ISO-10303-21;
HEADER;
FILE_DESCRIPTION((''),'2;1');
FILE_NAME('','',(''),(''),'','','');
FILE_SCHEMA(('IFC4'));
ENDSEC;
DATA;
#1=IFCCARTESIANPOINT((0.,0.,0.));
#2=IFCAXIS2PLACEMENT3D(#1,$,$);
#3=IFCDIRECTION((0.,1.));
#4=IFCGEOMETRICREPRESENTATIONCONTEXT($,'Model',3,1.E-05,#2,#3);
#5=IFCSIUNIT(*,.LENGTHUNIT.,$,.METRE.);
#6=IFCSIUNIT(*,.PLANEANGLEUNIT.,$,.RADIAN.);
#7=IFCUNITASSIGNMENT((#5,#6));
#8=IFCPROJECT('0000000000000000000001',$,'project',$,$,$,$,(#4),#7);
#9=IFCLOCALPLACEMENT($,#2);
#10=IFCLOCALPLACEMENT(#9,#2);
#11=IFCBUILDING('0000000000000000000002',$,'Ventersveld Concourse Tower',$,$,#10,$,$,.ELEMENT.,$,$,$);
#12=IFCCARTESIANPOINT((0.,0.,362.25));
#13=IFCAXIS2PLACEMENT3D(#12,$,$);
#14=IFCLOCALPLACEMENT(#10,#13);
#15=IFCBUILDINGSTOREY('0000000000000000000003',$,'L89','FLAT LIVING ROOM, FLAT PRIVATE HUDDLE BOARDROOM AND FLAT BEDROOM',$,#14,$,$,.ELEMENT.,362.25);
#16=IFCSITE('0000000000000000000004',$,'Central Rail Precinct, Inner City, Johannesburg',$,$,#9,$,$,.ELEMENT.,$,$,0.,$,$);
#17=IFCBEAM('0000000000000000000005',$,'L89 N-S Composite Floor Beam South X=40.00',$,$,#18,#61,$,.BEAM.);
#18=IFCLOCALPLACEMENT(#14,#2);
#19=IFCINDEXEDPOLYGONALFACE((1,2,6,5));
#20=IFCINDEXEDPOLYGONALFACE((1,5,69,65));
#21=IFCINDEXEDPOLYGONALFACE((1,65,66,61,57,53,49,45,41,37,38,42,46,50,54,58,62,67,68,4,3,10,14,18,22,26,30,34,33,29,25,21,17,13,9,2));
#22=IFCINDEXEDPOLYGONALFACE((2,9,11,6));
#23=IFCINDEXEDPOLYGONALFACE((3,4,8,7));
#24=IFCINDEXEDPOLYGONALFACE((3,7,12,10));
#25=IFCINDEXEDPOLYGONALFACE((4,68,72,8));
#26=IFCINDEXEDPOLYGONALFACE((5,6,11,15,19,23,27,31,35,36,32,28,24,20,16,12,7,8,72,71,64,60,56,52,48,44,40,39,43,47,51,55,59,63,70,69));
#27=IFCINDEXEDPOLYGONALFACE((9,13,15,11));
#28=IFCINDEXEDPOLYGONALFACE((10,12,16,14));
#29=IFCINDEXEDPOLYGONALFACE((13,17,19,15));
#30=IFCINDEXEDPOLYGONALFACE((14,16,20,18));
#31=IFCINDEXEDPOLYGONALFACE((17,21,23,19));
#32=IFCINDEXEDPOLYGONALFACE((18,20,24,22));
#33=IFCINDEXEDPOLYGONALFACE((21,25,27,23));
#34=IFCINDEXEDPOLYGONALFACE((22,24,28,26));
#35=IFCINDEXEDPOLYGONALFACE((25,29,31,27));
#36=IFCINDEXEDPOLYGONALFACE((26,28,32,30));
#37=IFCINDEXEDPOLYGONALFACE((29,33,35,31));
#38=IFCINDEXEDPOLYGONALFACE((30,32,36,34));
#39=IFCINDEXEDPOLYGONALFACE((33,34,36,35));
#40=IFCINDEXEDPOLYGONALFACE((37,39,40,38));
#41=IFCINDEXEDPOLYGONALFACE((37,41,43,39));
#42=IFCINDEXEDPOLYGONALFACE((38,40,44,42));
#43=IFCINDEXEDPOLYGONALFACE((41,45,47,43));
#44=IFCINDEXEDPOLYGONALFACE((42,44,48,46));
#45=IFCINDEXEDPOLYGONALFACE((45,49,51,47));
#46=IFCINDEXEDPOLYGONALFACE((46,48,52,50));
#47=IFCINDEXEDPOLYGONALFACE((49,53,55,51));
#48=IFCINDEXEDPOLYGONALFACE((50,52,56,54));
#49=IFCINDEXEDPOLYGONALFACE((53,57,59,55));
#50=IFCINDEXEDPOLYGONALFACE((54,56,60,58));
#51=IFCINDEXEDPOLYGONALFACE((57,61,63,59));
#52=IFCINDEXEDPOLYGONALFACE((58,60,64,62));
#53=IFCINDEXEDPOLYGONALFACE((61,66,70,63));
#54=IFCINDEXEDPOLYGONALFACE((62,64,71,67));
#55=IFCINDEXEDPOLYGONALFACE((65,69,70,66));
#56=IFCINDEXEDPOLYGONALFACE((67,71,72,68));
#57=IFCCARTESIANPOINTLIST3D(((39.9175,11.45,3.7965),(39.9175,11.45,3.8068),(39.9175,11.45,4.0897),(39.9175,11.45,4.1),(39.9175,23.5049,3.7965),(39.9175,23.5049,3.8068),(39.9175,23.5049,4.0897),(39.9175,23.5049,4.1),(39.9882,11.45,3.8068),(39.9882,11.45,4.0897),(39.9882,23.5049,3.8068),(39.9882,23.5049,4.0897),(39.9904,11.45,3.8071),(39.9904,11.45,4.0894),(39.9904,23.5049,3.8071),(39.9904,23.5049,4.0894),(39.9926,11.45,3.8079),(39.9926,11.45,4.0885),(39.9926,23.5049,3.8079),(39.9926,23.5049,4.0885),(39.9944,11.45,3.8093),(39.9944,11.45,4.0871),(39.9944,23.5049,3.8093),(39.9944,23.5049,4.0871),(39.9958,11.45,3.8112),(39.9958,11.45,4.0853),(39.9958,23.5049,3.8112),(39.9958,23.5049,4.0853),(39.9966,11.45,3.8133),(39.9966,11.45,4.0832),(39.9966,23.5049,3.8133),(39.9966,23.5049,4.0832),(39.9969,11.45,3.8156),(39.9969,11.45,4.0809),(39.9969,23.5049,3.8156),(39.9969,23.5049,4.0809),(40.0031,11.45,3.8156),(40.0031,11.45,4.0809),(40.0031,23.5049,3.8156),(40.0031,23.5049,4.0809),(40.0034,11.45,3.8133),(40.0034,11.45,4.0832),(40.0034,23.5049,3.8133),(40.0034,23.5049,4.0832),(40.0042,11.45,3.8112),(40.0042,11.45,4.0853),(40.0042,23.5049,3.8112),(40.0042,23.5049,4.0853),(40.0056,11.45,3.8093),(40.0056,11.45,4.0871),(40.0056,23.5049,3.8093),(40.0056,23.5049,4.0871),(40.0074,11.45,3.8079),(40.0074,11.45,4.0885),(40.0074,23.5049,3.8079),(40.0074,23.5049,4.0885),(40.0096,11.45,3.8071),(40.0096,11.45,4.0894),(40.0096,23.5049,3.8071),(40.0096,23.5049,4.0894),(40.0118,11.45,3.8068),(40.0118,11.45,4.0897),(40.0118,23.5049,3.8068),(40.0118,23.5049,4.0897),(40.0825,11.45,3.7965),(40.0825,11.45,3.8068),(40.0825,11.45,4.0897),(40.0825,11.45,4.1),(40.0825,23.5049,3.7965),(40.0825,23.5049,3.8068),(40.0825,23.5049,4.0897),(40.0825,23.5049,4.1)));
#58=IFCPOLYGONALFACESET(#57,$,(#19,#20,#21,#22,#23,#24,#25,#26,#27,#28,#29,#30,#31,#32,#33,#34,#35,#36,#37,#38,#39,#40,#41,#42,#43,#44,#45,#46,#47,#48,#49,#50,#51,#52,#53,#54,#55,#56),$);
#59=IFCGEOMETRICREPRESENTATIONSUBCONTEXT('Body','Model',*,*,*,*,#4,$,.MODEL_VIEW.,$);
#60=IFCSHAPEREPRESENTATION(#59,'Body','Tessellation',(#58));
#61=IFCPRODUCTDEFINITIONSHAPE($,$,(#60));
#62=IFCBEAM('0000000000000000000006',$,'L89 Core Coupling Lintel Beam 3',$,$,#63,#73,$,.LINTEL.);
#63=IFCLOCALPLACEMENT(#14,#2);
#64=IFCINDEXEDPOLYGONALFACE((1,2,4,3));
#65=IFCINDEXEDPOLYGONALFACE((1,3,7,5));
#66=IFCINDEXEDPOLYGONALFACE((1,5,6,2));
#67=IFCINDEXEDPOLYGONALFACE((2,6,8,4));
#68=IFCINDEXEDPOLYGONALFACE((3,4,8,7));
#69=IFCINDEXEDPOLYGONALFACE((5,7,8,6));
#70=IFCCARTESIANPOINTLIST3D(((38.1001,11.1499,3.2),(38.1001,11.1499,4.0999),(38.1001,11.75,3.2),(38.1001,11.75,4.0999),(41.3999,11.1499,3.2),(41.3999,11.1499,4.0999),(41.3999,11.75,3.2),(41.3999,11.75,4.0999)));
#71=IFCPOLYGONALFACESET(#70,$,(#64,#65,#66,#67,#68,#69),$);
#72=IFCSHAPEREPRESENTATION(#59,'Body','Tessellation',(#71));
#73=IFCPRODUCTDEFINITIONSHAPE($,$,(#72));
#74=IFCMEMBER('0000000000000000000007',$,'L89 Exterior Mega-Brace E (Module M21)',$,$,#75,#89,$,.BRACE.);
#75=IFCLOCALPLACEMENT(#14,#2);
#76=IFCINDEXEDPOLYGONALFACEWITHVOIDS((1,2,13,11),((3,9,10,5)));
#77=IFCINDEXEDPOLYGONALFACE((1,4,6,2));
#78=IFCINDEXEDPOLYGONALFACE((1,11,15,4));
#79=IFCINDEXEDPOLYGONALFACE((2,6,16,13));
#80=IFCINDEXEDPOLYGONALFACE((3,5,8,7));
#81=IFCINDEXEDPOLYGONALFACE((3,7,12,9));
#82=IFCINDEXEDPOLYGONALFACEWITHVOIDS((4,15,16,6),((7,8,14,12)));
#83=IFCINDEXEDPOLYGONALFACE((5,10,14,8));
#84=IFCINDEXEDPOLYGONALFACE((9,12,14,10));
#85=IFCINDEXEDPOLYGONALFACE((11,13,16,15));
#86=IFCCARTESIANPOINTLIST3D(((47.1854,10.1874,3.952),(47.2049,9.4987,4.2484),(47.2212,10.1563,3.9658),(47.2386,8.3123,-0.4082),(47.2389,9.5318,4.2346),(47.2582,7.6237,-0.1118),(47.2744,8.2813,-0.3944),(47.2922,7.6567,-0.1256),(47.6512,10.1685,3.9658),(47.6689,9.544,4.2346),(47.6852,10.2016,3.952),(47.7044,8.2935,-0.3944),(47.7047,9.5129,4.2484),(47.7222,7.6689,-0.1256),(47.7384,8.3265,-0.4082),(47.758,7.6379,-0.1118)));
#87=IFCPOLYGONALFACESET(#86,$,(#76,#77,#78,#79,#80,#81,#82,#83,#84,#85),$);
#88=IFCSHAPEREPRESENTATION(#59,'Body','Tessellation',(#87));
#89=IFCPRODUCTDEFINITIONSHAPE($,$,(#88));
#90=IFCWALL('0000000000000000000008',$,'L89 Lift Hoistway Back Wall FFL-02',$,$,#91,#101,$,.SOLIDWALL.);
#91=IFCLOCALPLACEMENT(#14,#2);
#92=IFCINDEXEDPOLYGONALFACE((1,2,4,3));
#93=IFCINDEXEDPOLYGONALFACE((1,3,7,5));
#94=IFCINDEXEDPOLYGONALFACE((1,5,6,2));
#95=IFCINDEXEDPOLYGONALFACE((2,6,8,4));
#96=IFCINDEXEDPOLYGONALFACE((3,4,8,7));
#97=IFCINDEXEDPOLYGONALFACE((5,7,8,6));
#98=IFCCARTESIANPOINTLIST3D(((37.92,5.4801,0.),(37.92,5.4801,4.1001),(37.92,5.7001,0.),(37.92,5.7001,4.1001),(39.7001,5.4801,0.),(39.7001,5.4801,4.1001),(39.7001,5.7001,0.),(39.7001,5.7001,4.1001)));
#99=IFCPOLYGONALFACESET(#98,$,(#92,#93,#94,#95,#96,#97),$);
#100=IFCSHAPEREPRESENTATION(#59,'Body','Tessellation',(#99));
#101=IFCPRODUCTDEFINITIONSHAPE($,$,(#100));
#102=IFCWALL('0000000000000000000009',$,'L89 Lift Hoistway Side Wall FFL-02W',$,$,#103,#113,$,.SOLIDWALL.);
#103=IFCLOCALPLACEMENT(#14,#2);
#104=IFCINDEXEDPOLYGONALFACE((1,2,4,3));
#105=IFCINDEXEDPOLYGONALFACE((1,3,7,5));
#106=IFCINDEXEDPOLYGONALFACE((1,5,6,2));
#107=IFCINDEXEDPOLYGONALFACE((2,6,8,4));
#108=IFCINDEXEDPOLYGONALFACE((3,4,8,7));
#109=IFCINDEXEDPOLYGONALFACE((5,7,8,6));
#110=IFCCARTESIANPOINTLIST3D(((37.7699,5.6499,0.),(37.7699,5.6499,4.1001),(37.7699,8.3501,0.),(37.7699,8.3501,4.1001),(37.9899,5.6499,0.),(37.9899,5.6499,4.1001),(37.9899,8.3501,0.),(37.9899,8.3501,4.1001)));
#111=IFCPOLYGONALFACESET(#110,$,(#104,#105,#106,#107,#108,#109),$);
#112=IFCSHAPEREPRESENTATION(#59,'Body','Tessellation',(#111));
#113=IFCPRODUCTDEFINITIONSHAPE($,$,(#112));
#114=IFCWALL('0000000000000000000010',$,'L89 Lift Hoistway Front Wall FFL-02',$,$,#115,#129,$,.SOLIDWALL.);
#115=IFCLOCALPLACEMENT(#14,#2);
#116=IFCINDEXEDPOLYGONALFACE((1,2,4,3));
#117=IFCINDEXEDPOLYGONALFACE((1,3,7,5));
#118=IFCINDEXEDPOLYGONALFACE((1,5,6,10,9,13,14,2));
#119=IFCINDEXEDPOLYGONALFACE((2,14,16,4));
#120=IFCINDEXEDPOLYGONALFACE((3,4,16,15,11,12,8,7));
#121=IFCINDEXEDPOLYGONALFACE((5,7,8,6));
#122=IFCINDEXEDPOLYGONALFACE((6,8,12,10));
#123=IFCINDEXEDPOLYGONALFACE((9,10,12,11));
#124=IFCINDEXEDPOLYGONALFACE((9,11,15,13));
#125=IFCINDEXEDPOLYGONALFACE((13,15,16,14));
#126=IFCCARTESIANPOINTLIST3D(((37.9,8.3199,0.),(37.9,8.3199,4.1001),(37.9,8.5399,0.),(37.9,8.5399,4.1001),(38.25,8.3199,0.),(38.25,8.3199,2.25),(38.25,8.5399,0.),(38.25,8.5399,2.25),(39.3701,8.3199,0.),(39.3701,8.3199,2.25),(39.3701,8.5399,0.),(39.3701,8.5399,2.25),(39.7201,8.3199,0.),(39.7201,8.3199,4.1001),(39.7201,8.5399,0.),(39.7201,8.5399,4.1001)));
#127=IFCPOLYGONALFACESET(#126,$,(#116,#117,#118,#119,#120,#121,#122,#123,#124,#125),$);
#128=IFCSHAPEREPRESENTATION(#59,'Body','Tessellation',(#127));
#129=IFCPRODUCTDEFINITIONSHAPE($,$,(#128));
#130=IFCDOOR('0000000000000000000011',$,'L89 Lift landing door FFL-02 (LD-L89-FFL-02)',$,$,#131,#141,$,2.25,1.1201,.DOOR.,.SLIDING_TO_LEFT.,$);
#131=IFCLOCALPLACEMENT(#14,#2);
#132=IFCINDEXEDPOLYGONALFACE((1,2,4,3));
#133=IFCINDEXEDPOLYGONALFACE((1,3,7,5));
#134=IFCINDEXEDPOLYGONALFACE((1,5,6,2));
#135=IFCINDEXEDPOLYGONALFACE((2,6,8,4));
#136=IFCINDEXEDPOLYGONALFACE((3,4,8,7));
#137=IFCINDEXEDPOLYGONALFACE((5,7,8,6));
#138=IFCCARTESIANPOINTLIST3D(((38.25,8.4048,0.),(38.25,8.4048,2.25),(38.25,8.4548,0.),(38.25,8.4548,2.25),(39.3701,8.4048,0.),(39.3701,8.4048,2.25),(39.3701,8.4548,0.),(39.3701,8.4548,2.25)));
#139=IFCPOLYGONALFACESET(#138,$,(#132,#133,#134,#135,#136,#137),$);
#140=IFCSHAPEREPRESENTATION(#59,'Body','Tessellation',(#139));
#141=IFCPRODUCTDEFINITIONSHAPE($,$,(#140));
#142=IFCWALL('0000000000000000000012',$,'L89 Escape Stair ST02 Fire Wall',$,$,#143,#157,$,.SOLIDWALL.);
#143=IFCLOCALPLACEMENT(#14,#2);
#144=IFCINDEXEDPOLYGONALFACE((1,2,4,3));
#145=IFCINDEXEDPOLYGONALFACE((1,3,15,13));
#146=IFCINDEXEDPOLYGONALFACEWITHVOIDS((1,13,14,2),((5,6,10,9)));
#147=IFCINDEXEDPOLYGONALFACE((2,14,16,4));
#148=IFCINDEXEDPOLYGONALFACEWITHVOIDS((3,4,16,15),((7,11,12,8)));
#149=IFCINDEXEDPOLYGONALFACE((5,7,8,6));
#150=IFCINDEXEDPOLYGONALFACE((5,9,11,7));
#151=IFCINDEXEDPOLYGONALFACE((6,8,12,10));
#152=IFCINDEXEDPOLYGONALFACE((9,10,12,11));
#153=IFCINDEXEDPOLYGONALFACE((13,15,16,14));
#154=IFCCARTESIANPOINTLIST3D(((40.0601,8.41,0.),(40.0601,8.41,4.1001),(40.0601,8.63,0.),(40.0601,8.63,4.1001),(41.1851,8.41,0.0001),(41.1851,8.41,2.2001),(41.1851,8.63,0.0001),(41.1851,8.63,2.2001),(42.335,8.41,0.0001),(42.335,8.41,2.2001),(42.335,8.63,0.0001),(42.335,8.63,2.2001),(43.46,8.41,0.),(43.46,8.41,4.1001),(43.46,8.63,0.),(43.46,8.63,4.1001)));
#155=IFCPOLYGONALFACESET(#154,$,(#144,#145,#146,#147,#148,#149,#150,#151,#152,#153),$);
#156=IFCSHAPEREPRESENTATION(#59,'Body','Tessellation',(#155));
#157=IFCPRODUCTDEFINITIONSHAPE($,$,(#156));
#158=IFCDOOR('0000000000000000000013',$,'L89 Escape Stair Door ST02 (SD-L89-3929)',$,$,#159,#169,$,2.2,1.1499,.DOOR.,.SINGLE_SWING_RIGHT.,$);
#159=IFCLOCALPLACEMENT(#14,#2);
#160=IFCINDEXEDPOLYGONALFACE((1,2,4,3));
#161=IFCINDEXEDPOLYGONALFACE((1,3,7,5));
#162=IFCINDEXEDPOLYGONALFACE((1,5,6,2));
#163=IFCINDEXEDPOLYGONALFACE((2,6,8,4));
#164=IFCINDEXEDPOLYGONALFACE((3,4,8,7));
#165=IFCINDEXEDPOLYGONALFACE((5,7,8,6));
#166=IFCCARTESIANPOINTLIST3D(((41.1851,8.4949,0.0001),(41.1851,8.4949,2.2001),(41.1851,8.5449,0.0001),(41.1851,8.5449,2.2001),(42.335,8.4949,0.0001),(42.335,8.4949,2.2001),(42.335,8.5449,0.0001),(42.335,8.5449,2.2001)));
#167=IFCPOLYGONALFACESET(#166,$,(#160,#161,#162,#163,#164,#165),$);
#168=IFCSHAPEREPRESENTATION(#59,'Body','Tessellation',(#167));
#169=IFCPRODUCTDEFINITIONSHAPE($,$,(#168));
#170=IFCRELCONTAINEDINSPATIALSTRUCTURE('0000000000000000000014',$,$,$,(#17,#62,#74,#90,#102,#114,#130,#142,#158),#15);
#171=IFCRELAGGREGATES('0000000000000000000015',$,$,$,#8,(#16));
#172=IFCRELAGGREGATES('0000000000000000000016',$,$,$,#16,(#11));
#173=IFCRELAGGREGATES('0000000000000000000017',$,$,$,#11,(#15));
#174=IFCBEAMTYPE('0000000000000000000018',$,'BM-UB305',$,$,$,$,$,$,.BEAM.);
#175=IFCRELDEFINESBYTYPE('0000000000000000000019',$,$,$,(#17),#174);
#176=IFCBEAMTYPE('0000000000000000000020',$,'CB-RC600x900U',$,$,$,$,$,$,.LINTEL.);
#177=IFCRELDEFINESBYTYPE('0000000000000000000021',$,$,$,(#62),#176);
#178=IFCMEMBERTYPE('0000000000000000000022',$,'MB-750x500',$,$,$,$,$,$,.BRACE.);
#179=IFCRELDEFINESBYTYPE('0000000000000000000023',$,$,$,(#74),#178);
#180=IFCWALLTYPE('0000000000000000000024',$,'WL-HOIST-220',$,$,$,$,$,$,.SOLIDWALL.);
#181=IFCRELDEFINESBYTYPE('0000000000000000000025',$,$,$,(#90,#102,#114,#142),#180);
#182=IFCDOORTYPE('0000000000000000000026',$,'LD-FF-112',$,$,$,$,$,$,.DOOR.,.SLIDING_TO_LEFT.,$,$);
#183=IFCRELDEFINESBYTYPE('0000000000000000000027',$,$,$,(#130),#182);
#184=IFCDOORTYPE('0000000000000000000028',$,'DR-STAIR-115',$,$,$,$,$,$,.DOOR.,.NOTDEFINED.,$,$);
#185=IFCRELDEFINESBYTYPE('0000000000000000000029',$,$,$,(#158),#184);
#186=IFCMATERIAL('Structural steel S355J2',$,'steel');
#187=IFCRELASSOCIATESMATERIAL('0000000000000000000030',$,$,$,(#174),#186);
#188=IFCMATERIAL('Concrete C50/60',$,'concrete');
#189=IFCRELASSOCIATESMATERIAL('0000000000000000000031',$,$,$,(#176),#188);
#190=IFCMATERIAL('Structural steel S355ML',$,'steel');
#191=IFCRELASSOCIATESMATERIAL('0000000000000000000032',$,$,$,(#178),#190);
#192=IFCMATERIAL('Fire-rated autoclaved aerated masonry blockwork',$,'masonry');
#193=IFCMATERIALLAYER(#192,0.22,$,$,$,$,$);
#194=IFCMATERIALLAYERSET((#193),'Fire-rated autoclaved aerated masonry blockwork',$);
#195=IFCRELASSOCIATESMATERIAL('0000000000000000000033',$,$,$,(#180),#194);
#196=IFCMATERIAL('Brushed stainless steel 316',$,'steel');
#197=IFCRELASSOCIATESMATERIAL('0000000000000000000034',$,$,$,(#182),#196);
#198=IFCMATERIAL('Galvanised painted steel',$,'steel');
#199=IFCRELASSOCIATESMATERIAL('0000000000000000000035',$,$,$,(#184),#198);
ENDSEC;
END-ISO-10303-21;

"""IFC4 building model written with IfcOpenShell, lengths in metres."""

from ifc_helpers import new_model, si_unit, direction, frame, frame_2d, origin, origin_2d, place, context, subcontext, project, spatial, rectangle, hollow_rectangle, i_section, extrude, material, layer, layer_set, material_profile, profile_set, type_object, element, fill, save


model = new_model("IFC4")

# Units and contexts
model_context = context("Model", 3, precision=1e-05, world=origin(), true_north=direction((0.0, 1.0)))
body_context = subcontext(model_context, "Body", "Model", "MODEL_VIEW")
ifc_project = project(units=[si_unit("LENGTHUNIT", "METRE"), si_unit("PLANEANGLEUNIT", "RADIAN")], contexts=[model_context])

# Site, building, storey
site_placement = place(None, origin())
site = spatial("IfcSite", under=ifc_project, at=site_placement, Name="Central Rail Precinct, Inner City, Johannesburg", CompositionType="ELEMENT", RefElevation=0.0)
building_placement = place(site_placement, origin())
building = spatial("IfcBuilding", under=site, at=building_placement, Name="Ventersveld Concourse Tower", CompositionType="ELEMENT")
storey_placement = place(building_placement, frame((0.0, 0.0, 362.25)))
storey = spatial("IfcBuildingStorey", under=building, at=storey_placement, Name="L89", Description="FLAT LIVING ROOM, FLAT PRIVATE HUDDLE BOARDROOM AND FLAT BEDROOM", CompositionType="ELEMENT", Elevation=362.25)

# Beams
ifc_material_1 = material(Name="Structural steel S355J2", Category="steel")
ifc_material_profile_1 = material_profile(ifc_material_1, i_section(OverallWidth=0.165, OverallDepth=0.3035, WebThickness=0.0061, FlangeThickness=0.0103, FilletRadius=0.0088, at=origin_2d()), Name="UB 305x165x40")
ifc_profile_set_1 = profile_set([ifc_material_profile_1], Name="Structural steel S355J2")
beam_type_1 = type_object("IfcBeamType", Name="BM-UB305", PredefinedType="BEAM", material=ifc_profile_set_1)
beam_1_placement = place(storey_placement, frame((40.0, 11.45, 3.9482), z_axis=(0.0, 1.0, 0.0), x_axis=(-1.0, 0.0, 0.0)))
element("IfcBeam", 1, at=beam_1_placement, inside=storey, type_object=beam_type_1, Name="L89 N-S Composite Floor Beam South X=40.00", PredefinedType="BEAM", context=body_context, shape_type="SweptSolid", body=[
    extrude(i_section(OverallWidth=0.165, OverallDepth=0.3035, WebThickness=0.0061, FlangeThickness=0.0103, FilletRadius=0.0088, at=origin_2d()), origin(), (0.0, 0.0, 1.0), 12.0549),
])
ifc_material_2 = material(Name="Concrete C50/60", Category="concrete")
ifc_material_profile_2 = material_profile(ifc_material_2, rectangle(XDim=0.6001, YDim=0.8999, at=origin_2d()), Name="RC 600x900")
ifc_profile_set_2 = profile_set([ifc_material_profile_2], Name="Concrete C50/60")
beam_type_2 = type_object("IfcBeamType", Name="CB-RC600x900U", PredefinedType="LINTEL", material=ifc_profile_set_2)
beam_2_placement = place(storey_placement, frame((38.1001, 11.45, 3.6499), z_axis=(1.0, 0.0, 0.0), x_axis=(0.0, 1.0, 0.0)))
element("IfcBeam", 2, at=beam_2_placement, inside=storey, type_object=beam_type_2, Name="L89 Core Coupling Lintel Beam 3", PredefinedType="LINTEL", context=body_context, shape_type="SweptSolid", body=[
    extrude(rectangle(XDim=0.6001, YDim=0.8999, at=origin_2d()), origin(), (0.0, 0.0, 1.0), 3.2998),
])

# Member
ifc_material_3 = material(Name="Structural steel S355ML", Category="steel")
ifc_material_profile_3 = material_profile(ifc_material_3, hollow_rectangle(XDim=0.5, YDim=0.75, WallThickness=0.0349, at=origin_2d()), Name="BOX 750x500x35")
ifc_profile_set_3 = profile_set([ifc_material_profile_3], Name="Structural steel S355ML")
member_type = type_object("IfcMemberType", Name="MB-750x500", PredefinedType="BRACE", material=ifc_profile_set_3)
member_placement = place(storey_placement, frame((47.4983, 7.9751, -0.26), z_axis=(-0.011213, 0.39503, 0.9186), x_axis=(-0.999597, -0.028374, 0.0)))
element("IfcMember", 3, at=member_placement, inside=storey, type_object=member_type, Name="L89 Exterior Mega-Brace E (Module M21)", PredefinedType="BRACE", context=body_context, shape_type="SweptSolid", body=[
    extrude(hollow_rectangle(XDim=0.5, YDim=0.75, WallThickness=0.0349, at=origin_2d()), origin(), (0.0, 0.0, 1.0), 4.7466),
])

# Walls
ifc_material_4 = material(Name="Fire-rated autoclaved aerated masonry blockwork", Category="masonry")
ifc_layer = layer(ifc_material_4, 0.22)
ifc_layer_set = layer_set([ifc_layer], Name="Fire-rated autoclaved aerated masonry blockwork")
wall_type = type_object("IfcWallType", Name="WL-HOIST-220", PredefinedType="SOLIDWALL", material=ifc_layer_set)
wall_1_placement = place(storey_placement, frame((37.9199, 5.5901, 0.0), z_axis=(0.0, 0.0, 1.0), x_axis=(1.0, 0.0, 0.0)))
element("IfcWall", 4, at=wall_1_placement, inside=storey, type_object=wall_type, Name="L89 Lift Hoistway Back Wall FFL-02", PredefinedType="SOLIDWALL", context=body_context, shape_type="SweptSolid", body=[
    extrude(rectangle(XDim=1.78, YDim=0.22, at=frame_2d((0.8901, 0.0))), origin(), (0.0, 0.0, 1.0), 4.1001),
])
wall_2_placement = place(storey_placement, frame((37.8799, 5.6499, 0.0), z_axis=(0.0, 0.0, 1.0), x_axis=(0.0, 1.0, 0.0)))
element("IfcWall", 5, at=wall_2_placement, inside=storey, type_object=wall_type, Name="L89 Lift Hoistway Side Wall FFL-02W", PredefinedType="SOLIDWALL", context=body_context, shape_type="SweptSolid", body=[
    extrude(rectangle(XDim=2.7002, YDim=0.22, at=frame_2d((1.3501, 0.0))), origin(), (0.0, 0.0, 1.0), 4.1001),
])

# Walls, openings, doors
wall_3_placement = place(storey_placement, frame((37.8999, 8.4299, 0.0), z_axis=(0.0, 0.0, 1.0), x_axis=(1.0, 0.0, 0.0)))
wall_3 = element("IfcWall", 6, at=wall_3_placement, inside=storey, type_object=wall_type, Name="L89 Lift Hoistway Front Wall FFL-02", PredefinedType="SOLIDWALL", context=body_context, shape_type="SweptSolid", body=[
    extrude(rectangle(XDim=1.8201, YDim=0.22, at=frame_2d((0.9102, 0.0))), origin(), (0.0, 0.0, 1.0), 4.1001),
])
opening_1_placement = place(wall_3_placement, frame((0.3501, 0.0, 0.0)))
opening_1 = element("IfcOpeningElement", 7, at=opening_1_placement, cuts=wall_3, PredefinedType="OPENING", context=body_context, shape_type="SweptSolid", body=[
    extrude(rectangle(XDim=1.1201, YDim=2.25, at=frame_2d((0.5601, 1.125))), frame((0.0, 0.1201, 0.0), z_axis=(0.0, -1.0, 0.0), x_axis=(1.0, 0.0, 0.0)), (0.0, 0.0, 1.0), 0.24),
])
ifc_material_5 = material(Name="Brushed stainless steel 316", Category="steel")
door_type_1 = type_object("IfcDoorType", Name="LD-FF-112", OperationType="SLIDING_TO_LEFT", PredefinedType="DOOR", material=ifc_material_5)
door_1_placement = place(opening_1_placement, origin())
door_1 = element("IfcDoor", 8, at=door_1_placement, inside=storey, type_object=door_type_1, Name="L89 Lift landing door FFL-02 (LD-L89-FFL-02)", OperationType="SLIDING_TO_LEFT", OverallHeight=2.25, OverallWidth=1.1201, PredefinedType="DOOR", context=body_context, shape_type="SweptSolid", body=[
    extrude(rectangle(XDim=1.1201, YDim=2.25, at=frame_2d((0.5601, 1.125))), frame((0.0, 0.0249, 0.0), z_axis=(0.0, -1.0, 0.0), x_axis=(1.0, 0.0, 0.0)), (0.0, 0.0, 1.0), 0.05),
])
fill(opening_1, door_1)
wall_4_placement = place(storey_placement, frame((40.0601, 8.52, 0.0), z_axis=(0.0, 0.0, 1.0), x_axis=(1.0, 0.0, 0.0)))
wall_4 = element("IfcWall", 9, at=wall_4_placement, inside=storey, type_object=wall_type, Name="L89 Escape Stair ST02 Fire Wall", PredefinedType="SOLIDWALL", context=body_context, shape_type="SweptSolid", body=[
    extrude(rectangle(XDim=3.3999, YDim=0.22, at=frame_2d((1.7, 0.0))), origin(), (0.0, 0.0, 1.0), 4.1001),
])
opening_2_placement = place(wall_4_placement, frame((1.125, 0.0, 0.0)))
opening_2 = element("IfcOpeningElement", 10, at=opening_2_placement, cuts=wall_4, PredefinedType="OPENING", context=body_context, shape_type="SweptSolid", body=[
    extrude(rectangle(XDim=1.1499, YDim=2.2, at=frame_2d((0.575, 1.1001))), frame((0.0, 0.1201, 0.0), z_axis=(0.0, -1.0, 0.0), x_axis=(1.0, 0.0, 0.0)), (0.0, 0.0, 1.0), 0.24),
])
ifc_material_6 = material(Name="Galvanised painted steel", Category="steel")
door_type_2 = type_object("IfcDoorType", Name="DR-STAIR-115", OperationType="NOTDEFINED", PredefinedType="DOOR", material=ifc_material_6)
door_2_placement = place(opening_2_placement, origin())
door_2 = element("IfcDoor", 11, at=door_2_placement, inside=storey, type_object=door_type_2, Name="L89 Escape Stair Door ST02 (SD-L89-3929)", OperationType="SINGLE_SWING_RIGHT", OverallHeight=2.2, OverallWidth=1.1499, PredefinedType="DOOR", context=body_context, shape_type="SweptSolid", body=[
    extrude(rectangle(XDim=1.1499, YDim=2.2, at=frame_2d((0.575, 1.1001))), frame((0.0, 0.0249, 0.0), z_axis=(0.0, -1.0, 0.0), x_axis=(1.0, 0.0, 0.0)), (0.0, 0.0, 1.0), 0.05),
])
fill(opening_2, door_2)

save(model, "model.ifc")
